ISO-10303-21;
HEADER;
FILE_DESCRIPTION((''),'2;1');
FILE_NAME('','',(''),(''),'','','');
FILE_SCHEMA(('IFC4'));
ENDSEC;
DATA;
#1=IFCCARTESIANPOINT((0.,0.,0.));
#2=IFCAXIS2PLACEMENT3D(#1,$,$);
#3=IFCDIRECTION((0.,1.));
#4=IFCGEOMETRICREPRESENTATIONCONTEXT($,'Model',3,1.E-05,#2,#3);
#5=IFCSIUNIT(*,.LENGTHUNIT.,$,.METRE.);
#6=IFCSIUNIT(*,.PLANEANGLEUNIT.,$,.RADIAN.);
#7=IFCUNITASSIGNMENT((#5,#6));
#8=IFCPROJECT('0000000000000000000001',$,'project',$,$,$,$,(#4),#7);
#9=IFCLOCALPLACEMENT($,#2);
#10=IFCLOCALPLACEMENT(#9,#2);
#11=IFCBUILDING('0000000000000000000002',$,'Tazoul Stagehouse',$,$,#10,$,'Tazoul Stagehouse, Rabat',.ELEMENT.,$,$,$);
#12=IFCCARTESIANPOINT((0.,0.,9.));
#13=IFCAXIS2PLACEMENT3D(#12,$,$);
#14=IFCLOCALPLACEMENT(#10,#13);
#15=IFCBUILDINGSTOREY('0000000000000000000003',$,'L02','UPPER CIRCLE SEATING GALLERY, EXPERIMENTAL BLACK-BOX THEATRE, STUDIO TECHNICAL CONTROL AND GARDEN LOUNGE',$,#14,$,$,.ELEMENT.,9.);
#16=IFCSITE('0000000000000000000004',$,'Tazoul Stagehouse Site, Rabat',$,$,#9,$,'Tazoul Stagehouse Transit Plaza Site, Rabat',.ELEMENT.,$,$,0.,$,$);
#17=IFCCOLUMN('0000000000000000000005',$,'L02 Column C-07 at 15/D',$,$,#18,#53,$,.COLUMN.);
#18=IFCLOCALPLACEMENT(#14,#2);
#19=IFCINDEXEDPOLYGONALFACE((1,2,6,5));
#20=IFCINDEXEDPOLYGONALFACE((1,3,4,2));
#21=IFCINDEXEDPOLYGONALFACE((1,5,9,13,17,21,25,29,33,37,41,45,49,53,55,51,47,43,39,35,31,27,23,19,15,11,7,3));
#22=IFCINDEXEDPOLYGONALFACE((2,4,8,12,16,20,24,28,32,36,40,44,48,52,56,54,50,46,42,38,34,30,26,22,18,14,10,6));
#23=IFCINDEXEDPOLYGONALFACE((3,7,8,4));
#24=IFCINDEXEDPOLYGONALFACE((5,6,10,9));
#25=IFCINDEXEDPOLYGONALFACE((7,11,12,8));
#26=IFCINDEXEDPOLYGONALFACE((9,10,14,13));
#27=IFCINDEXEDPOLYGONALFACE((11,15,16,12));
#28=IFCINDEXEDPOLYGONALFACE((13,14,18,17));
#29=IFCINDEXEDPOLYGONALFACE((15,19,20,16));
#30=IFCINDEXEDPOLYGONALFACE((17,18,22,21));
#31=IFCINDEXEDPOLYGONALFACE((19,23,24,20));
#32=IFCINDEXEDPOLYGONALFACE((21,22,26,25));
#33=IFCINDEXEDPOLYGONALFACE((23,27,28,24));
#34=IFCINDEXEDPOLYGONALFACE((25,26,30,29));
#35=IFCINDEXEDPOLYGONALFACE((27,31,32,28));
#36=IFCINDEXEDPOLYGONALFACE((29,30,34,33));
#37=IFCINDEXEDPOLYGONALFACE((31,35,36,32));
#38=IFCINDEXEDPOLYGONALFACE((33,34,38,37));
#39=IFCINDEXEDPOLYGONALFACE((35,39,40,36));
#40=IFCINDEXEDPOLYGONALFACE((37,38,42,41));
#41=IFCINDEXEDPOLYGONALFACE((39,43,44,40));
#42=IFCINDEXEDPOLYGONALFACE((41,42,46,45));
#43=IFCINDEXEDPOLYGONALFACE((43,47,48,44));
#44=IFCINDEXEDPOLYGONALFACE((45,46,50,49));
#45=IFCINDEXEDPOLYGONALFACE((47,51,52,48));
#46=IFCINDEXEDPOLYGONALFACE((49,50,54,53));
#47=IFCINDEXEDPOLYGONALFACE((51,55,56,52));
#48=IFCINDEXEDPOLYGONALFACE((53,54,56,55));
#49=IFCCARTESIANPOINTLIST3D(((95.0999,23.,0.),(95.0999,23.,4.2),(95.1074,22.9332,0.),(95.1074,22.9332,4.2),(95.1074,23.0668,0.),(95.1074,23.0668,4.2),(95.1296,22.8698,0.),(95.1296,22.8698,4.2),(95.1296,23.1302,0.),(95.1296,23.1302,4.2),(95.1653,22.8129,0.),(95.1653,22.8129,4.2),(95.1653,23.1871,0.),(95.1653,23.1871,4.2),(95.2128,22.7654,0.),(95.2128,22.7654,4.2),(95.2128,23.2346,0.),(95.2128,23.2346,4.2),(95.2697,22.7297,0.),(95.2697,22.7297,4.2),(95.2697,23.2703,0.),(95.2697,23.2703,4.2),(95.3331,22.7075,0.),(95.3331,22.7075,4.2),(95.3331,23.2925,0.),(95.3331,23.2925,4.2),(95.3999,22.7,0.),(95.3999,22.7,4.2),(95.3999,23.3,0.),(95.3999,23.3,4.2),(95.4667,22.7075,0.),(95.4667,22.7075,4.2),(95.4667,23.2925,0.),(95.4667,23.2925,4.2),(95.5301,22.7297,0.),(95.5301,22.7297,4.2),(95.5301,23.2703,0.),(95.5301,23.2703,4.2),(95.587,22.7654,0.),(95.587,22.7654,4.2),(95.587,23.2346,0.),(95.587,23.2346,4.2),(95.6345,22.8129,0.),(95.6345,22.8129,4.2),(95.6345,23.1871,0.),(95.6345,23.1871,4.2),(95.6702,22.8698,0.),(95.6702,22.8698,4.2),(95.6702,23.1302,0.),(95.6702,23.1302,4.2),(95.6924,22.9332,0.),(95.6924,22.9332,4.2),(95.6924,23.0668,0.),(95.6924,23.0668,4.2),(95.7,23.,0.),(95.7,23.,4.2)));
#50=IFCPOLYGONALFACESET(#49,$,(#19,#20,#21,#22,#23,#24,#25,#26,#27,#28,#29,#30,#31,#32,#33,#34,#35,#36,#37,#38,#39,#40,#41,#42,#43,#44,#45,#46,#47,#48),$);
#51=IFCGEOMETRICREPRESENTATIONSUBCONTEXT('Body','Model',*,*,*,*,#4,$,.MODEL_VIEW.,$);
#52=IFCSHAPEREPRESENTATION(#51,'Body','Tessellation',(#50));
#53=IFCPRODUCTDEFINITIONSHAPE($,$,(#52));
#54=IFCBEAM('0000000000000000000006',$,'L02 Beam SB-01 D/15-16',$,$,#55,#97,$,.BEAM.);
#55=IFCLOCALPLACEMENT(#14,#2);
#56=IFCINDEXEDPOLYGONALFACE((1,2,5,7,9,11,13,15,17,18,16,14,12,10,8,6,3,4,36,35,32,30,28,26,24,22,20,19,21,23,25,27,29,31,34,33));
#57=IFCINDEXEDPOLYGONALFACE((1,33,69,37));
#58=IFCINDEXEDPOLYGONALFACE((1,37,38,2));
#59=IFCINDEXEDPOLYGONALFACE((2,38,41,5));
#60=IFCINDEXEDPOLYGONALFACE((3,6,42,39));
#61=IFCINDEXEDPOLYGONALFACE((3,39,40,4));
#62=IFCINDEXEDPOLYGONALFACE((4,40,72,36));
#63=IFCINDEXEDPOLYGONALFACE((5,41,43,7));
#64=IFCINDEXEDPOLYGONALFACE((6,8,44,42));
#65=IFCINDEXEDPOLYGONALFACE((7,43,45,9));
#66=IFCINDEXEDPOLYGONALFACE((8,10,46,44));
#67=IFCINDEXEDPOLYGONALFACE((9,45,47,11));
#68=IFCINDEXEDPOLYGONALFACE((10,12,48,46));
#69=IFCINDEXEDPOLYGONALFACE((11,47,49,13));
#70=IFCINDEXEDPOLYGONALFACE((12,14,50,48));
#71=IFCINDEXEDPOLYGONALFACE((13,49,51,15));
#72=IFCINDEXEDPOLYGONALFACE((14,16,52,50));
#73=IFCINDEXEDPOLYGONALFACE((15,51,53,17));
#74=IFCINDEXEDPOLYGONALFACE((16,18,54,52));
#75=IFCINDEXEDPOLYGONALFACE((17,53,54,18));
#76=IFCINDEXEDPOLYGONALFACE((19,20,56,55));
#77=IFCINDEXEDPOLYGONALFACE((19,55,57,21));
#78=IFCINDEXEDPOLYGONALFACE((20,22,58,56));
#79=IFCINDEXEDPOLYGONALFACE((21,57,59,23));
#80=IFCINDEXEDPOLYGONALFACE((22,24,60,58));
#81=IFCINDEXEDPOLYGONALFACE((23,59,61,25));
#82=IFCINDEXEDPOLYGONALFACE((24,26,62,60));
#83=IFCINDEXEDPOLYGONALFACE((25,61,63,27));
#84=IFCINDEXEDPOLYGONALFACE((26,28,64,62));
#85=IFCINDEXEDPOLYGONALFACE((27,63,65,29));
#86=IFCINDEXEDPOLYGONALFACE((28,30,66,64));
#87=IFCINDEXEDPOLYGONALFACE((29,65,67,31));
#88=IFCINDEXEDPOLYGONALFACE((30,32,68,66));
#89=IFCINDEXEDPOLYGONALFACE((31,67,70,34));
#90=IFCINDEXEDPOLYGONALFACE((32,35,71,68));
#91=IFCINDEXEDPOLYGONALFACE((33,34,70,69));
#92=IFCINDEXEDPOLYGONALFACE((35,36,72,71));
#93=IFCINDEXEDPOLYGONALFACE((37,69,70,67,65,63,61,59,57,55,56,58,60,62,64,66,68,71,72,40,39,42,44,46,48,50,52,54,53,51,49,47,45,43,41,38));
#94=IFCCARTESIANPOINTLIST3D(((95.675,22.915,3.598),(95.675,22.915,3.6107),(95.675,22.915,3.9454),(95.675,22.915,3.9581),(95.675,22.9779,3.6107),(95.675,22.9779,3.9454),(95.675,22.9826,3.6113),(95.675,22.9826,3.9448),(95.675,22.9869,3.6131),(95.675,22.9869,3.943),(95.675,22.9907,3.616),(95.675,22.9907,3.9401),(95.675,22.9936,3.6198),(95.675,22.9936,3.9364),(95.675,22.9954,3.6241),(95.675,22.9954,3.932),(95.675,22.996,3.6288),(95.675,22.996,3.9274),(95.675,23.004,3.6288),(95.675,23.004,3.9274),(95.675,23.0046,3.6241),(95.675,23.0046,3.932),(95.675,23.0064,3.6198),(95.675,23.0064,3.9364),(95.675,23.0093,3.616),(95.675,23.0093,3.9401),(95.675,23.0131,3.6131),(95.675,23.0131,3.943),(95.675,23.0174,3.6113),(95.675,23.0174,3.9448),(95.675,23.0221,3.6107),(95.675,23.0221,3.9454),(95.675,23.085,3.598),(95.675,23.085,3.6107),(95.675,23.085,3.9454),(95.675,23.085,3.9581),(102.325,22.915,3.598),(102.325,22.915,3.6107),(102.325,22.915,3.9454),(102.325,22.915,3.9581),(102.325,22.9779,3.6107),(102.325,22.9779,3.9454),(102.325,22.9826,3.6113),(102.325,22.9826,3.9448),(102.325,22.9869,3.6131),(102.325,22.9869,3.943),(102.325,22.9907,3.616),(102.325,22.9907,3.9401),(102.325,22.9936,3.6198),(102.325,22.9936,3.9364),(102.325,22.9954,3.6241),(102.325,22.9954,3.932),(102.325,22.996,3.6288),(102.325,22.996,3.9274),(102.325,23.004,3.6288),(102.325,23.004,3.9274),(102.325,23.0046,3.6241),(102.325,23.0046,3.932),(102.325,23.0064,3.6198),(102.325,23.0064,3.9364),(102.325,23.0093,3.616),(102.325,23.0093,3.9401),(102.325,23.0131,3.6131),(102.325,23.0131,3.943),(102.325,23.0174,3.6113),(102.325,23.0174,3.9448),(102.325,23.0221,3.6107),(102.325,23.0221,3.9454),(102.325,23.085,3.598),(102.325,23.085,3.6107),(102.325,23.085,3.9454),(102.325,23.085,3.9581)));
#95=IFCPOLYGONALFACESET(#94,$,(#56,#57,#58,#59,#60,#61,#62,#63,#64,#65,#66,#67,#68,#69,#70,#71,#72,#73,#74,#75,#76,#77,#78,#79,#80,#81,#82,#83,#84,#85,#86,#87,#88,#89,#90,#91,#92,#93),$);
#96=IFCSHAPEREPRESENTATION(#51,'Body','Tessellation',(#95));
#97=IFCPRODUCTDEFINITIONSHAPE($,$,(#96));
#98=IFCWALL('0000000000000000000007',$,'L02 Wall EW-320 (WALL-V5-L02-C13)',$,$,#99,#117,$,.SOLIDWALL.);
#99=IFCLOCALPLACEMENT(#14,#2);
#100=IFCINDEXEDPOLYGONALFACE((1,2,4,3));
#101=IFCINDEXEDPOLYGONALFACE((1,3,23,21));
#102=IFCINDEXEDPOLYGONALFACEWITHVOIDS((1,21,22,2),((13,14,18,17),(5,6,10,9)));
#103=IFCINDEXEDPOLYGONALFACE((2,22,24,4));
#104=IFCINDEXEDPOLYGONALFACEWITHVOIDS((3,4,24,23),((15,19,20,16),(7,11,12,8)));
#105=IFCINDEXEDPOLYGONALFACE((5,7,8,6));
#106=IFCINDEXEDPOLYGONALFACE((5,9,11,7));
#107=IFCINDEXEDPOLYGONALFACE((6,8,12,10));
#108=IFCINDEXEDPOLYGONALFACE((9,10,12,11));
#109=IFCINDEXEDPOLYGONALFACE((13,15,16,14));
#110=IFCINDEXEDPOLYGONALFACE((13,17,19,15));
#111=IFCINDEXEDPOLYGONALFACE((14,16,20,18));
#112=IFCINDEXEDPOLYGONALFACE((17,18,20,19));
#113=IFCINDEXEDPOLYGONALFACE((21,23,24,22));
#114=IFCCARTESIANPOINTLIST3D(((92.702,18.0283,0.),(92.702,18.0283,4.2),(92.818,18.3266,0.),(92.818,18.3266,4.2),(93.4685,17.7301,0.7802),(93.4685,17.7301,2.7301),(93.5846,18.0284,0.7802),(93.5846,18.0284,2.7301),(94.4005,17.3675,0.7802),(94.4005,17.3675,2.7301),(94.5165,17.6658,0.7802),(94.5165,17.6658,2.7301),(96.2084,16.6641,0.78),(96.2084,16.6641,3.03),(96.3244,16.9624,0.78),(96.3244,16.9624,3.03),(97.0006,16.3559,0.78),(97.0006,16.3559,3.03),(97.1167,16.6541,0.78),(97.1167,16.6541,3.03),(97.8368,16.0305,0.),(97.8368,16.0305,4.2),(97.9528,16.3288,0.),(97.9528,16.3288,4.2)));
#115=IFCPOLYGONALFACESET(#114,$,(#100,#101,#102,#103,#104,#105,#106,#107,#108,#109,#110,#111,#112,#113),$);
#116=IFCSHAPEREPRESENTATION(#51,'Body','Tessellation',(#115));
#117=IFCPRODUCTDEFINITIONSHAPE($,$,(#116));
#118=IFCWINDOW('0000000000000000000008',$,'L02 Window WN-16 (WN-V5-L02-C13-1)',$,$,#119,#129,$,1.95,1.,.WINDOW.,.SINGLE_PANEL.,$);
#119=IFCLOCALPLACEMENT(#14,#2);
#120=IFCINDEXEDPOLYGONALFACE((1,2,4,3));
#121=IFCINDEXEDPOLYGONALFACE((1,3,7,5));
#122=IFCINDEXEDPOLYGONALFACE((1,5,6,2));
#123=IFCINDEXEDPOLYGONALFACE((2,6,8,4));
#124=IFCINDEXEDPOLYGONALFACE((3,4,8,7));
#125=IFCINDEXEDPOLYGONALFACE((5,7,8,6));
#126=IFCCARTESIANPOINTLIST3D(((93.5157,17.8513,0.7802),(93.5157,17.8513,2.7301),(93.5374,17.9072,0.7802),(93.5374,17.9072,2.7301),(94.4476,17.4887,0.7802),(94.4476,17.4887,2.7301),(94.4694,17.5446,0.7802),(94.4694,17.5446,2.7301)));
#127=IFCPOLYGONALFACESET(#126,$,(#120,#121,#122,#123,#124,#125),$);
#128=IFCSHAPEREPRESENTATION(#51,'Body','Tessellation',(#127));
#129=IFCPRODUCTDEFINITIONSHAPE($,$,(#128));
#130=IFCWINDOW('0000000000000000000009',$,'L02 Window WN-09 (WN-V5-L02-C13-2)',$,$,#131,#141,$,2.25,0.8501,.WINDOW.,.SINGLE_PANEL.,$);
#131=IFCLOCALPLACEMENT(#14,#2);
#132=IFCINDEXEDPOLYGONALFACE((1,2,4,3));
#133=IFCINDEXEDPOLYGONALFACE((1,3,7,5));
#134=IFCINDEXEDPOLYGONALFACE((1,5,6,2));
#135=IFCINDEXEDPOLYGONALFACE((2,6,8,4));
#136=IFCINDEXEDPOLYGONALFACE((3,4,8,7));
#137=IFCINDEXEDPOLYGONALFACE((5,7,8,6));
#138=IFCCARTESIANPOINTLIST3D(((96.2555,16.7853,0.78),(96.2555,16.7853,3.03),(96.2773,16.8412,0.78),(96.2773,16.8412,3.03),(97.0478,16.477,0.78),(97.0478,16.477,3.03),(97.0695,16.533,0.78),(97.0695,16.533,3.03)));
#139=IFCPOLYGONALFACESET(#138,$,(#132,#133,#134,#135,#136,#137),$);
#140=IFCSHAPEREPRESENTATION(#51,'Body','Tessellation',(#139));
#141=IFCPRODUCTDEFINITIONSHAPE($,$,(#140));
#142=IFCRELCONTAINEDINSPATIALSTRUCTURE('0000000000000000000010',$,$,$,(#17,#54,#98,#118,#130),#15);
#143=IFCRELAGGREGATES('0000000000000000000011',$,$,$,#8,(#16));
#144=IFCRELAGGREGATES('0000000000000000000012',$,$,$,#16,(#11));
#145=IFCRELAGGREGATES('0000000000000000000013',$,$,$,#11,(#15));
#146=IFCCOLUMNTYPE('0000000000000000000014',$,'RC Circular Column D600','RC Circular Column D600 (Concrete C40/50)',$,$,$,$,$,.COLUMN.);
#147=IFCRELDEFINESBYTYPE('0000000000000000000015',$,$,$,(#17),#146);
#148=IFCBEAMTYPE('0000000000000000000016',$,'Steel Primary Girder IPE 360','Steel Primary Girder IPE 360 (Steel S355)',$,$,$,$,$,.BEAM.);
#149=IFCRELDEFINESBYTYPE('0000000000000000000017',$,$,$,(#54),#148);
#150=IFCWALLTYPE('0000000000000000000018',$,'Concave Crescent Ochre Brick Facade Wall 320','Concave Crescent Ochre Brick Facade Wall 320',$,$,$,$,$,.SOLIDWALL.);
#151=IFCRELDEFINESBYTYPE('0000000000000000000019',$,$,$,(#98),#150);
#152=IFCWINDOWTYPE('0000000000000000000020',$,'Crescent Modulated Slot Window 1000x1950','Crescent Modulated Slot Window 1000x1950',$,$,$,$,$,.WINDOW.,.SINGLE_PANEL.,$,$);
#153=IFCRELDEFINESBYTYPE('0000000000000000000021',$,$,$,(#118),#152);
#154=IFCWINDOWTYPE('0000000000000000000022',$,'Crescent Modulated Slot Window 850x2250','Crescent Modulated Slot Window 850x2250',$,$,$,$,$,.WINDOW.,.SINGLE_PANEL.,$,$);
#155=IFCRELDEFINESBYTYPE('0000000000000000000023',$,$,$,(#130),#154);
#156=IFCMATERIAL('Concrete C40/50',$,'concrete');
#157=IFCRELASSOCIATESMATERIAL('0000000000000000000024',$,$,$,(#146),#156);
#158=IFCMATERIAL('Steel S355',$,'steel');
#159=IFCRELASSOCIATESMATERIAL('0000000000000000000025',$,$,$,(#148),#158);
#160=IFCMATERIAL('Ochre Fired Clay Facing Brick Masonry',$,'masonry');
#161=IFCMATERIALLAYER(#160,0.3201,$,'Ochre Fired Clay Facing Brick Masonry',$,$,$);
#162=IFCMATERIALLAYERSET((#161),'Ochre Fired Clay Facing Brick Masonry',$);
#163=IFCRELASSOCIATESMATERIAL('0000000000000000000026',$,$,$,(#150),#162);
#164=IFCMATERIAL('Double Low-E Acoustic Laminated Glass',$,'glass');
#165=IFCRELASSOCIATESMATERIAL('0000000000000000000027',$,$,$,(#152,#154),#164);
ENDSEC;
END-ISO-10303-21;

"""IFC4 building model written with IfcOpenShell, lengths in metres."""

from ifc_helpers import new_model, si_unit, direction, frame, frame_2d, origin, origin_2d, place, context, subcontext, project, spatial, rectangle, circle, i_section, extrude, material, layer, layer_set, material_profile, profile_set, type_object, element, fill, save


model = new_model("IFC4")

# Units and contexts
model_context = context("Model", 3, precision=1e-05, world=origin(), true_north=direction((0.0, 1.0)))
body_context = subcontext(model_context, "Body", "Model", "MODEL_VIEW")
ifc_project = project(units=[si_unit("LENGTHUNIT", "METRE"), si_unit("PLANEANGLEUNIT", "RADIAN")], contexts=[model_context])

# Site, building, storey
site_placement = place(None, origin())
site = spatial("IfcSite", under=ifc_project, at=site_placement, Name="Tazoul Stagehouse Site, Rabat", LongName="Tazoul Stagehouse Transit Plaza Site, Rabat", CompositionType="ELEMENT", RefElevation=0.0)
building_placement = place(site_placement, origin())
building = spatial("IfcBuilding", under=site, at=building_placement, Name="Tazoul Stagehouse", LongName="Tazoul Stagehouse, Rabat", CompositionType="ELEMENT")
storey_placement = place(building_placement, frame((0.0, 0.0, 9.0)))
storey = spatial("IfcBuildingStorey", under=building, at=storey_placement, Name="L02", Description="UPPER CIRCLE SEATING GALLERY, EXPERIMENTAL BLACK-BOX THEATRE, STUDIO TECHNICAL CONTROL AND GARDEN LOUNGE", CompositionType="ELEMENT", Elevation=9.0)

# Column
ifc_material_1 = material(Name="Concrete C40/50", Category="concrete")
ifc_material_profile_1 = material_profile(ifc_material_1, circle(Radius=0.3, at=origin_2d()), Name="RC D600")
ifc_profile_set_1 = profile_set([ifc_material_profile_1], Name="Concrete C40/50")
column_type = type_object("IfcColumnType", Name="RC Circular Column D600", Description="RC Circular Column D600 (Concrete C40/50)", PredefinedType="COLUMN", material=ifc_profile_set_1)
column_placement = place(storey_placement, frame((95.3999, 23.0, 0.0), z_axis=(0.0, 0.0, 1.0), x_axis=(1.0, 0.0, 0.0)))
element("IfcColumn", 1, at=column_placement, inside=storey, type_object=column_type, Name="L02 Column C-07 at 15/D", PredefinedType="COLUMN", context=body_context, shape_type="SweptSolid", body=[
    extrude(circle(Radius=0.3, at=origin_2d()), origin(), (0.0, 0.0, 1.0), 4.2),
])

# Beam
ifc_material_2 = material(Name="Steel S355", Category="steel")
ifc_material_profile_2 = material_profile(ifc_material_2, i_section(OverallWidth=0.1699, OverallDepth=0.3601, WebThickness=0.0081, FlangeThickness=0.0127, FilletRadius=0.0181, at=origin_2d()), Name="IPE 360")
ifc_profile_set_2 = profile_set([ifc_material_profile_2], Name="Steel S355")
beam_type = type_object("IfcBeamType", Name="Steel Primary Girder IPE 360", Description="Steel Primary Girder IPE 360 (Steel S355)", PredefinedType="BEAM", material=ifc_profile_set_2)
beam_placement = place(storey_placement, frame((95.675, 23.0, 3.7781), z_axis=(1.0, 0.0, 0.0), x_axis=(0.0, 1.0, 0.0)))
element("IfcBeam", 2, at=beam_placement, inside=storey, type_object=beam_type, Name="L02 Beam SB-01 D/15-16", PredefinedType="BEAM", context=body_context, shape_type="SweptSolid", body=[
    extrude(i_section(OverallWidth=0.1699, OverallDepth=0.3601, WebThickness=0.0081, FlangeThickness=0.0127, FilletRadius=0.0181, at=origin_2d()), origin(), (0.0, 0.0, 1.0), 6.6499),
])

# Wall, openings, windows
ifc_material_3 = material(Name="Ochre Fired Clay Facing Brick Masonry", Category="masonry")
ifc_layer_1 = layer(ifc_material_3, 0.3201, Name="Ochre Fired Clay Facing Brick Masonry")
ifc_layer_set_1 = layer_set([ifc_layer_1], Name="Ochre Fired Clay Facing Brick Masonry")
wall_type_1 = type_object("IfcWallType", Name="Concave Crescent Ochre Brick Facade Wall 320", Description="Concave Crescent Ochre Brick Facade Wall 320", PredefinedType="SOLIDWALL", material=ifc_layer_set_1)
wall_1_placement = place(storey_placement, frame((92.76, 18.1775, 0.0), z_axis=(0.0, 0.0, 1.0), x_axis=(0.931946, -0.362596, 0.0)))
wall_1 = element("IfcWall", 3, at=wall_1_placement, inside=storey, type_object=wall_type_1, Name="L02 Wall EW-320 (WALL-V5-L02-C13)", PredefinedType="SOLIDWALL", context=body_context, shape_type="SweptSolid", body=[
    extrude(rectangle(XDim=5.5098, YDim=0.3201, at=frame_2d((2.7549, 0.0))), origin(), (0.0, 0.0, 1.0), 4.2),
])
opening_1_placement = place(wall_1_placement, frame((0.8225, 0.0, 0.78)))
opening_1 = element("IfcOpeningElement", 4, at=opening_1_placement, cuts=wall_1, PredefinedType="OPENING", context=body_context, shape_type="SweptSolid", body=[
    extrude(rectangle(XDim=1.0, YDim=1.95, at=frame_2d((0.5, 0.9751))), frame((0.0, 0.1799, 0.0), z_axis=(0.0, -1.0, 0.0), x_axis=(1.0, 0.0, 0.0)), (0.0, 0.0, 1.0), 0.3601),
])
opening_2_placement = place(wall_1_placement, frame((3.7625, 0.0, 0.78)))
opening_2 = element("IfcOpeningElement", 5, at=opening_2_placement, cuts=wall_1, PredefinedType="OPENING", context=body_context, shape_type="SweptSolid", body=[
    extrude(rectangle(XDim=0.8501, YDim=2.25, at=frame_2d((0.425, 1.125))), frame((0.0, 0.1799, 0.0), z_axis=(0.0, -1.0, 0.0), x_axis=(1.0, 0.0, 0.0)), (0.0, 0.0, 1.0), 0.3601),
])
ifc_material_4 = material(Name="Double Low-E Acoustic Laminated Glass", Category="glass")
window_type_1 = type_object("IfcWindowType", Name="Crescent Modulated Slot Window 1000x1950", Description="Crescent Modulated Slot Window 1000x1950", PartitioningType="SINGLE_PANEL", PredefinedType="WINDOW", material=ifc_material_4)
window_1_placement = place(opening_1_placement, origin())
window_1 = element("IfcWindow", 6, at=window_1_placement, inside=storey, type_object=window_type_1, Name="L02 Window WN-16 (WN-V5-L02-C13-1)", OverallHeight=1.95, OverallWidth=1.0, PartitioningType="SINGLE_PANEL", PredefinedType="WINDOW", context=body_context, shape_type="SweptSolid", body=[
    extrude(rectangle(XDim=1.0, YDim=1.95, at=frame_2d((0.5, 0.9751))), frame((0.0, 0.03, 0.0), z_axis=(0.0, -1.0, 0.0), x_axis=(1.0, 0.0, 0.0)), (0.0, 0.0, 1.0), 0.0601),
])
fill(opening_1, window_1)
window_type_2 = type_object("IfcWindowType", Name="Crescent Modulated Slot Window 850x2250", Description="Crescent Modulated Slot Window 850x2250", PartitioningType="SINGLE_PANEL", PredefinedType="WINDOW", material=ifc_material_4)
window_2_placement = place(opening_2_placement, origin())
window_2 = element("IfcWindow", 7, at=window_2_placement, inside=storey, type_object=window_type_2, Name="L02 Window WN-09 (WN-V5-L02-C13-2)", OverallHeight=2.25, OverallWidth=0.8501, PartitioningType="SINGLE_PANEL", PredefinedType="WINDOW", context=body_context, shape_type="SweptSolid", body=[
    extrude(rectangle(XDim=0.8501, YDim=2.25, at=frame_2d((0.425, 1.125))), frame((0.0, 0.03, 0.0), z_axis=(0.0, -1.0, 0.0), x_axis=(1.0, 0.0, 0.0)), (0.0, 0.0, 1.0), 0.0601),
])
fill(opening_2, window_2)

save(model, "model.ifc")
